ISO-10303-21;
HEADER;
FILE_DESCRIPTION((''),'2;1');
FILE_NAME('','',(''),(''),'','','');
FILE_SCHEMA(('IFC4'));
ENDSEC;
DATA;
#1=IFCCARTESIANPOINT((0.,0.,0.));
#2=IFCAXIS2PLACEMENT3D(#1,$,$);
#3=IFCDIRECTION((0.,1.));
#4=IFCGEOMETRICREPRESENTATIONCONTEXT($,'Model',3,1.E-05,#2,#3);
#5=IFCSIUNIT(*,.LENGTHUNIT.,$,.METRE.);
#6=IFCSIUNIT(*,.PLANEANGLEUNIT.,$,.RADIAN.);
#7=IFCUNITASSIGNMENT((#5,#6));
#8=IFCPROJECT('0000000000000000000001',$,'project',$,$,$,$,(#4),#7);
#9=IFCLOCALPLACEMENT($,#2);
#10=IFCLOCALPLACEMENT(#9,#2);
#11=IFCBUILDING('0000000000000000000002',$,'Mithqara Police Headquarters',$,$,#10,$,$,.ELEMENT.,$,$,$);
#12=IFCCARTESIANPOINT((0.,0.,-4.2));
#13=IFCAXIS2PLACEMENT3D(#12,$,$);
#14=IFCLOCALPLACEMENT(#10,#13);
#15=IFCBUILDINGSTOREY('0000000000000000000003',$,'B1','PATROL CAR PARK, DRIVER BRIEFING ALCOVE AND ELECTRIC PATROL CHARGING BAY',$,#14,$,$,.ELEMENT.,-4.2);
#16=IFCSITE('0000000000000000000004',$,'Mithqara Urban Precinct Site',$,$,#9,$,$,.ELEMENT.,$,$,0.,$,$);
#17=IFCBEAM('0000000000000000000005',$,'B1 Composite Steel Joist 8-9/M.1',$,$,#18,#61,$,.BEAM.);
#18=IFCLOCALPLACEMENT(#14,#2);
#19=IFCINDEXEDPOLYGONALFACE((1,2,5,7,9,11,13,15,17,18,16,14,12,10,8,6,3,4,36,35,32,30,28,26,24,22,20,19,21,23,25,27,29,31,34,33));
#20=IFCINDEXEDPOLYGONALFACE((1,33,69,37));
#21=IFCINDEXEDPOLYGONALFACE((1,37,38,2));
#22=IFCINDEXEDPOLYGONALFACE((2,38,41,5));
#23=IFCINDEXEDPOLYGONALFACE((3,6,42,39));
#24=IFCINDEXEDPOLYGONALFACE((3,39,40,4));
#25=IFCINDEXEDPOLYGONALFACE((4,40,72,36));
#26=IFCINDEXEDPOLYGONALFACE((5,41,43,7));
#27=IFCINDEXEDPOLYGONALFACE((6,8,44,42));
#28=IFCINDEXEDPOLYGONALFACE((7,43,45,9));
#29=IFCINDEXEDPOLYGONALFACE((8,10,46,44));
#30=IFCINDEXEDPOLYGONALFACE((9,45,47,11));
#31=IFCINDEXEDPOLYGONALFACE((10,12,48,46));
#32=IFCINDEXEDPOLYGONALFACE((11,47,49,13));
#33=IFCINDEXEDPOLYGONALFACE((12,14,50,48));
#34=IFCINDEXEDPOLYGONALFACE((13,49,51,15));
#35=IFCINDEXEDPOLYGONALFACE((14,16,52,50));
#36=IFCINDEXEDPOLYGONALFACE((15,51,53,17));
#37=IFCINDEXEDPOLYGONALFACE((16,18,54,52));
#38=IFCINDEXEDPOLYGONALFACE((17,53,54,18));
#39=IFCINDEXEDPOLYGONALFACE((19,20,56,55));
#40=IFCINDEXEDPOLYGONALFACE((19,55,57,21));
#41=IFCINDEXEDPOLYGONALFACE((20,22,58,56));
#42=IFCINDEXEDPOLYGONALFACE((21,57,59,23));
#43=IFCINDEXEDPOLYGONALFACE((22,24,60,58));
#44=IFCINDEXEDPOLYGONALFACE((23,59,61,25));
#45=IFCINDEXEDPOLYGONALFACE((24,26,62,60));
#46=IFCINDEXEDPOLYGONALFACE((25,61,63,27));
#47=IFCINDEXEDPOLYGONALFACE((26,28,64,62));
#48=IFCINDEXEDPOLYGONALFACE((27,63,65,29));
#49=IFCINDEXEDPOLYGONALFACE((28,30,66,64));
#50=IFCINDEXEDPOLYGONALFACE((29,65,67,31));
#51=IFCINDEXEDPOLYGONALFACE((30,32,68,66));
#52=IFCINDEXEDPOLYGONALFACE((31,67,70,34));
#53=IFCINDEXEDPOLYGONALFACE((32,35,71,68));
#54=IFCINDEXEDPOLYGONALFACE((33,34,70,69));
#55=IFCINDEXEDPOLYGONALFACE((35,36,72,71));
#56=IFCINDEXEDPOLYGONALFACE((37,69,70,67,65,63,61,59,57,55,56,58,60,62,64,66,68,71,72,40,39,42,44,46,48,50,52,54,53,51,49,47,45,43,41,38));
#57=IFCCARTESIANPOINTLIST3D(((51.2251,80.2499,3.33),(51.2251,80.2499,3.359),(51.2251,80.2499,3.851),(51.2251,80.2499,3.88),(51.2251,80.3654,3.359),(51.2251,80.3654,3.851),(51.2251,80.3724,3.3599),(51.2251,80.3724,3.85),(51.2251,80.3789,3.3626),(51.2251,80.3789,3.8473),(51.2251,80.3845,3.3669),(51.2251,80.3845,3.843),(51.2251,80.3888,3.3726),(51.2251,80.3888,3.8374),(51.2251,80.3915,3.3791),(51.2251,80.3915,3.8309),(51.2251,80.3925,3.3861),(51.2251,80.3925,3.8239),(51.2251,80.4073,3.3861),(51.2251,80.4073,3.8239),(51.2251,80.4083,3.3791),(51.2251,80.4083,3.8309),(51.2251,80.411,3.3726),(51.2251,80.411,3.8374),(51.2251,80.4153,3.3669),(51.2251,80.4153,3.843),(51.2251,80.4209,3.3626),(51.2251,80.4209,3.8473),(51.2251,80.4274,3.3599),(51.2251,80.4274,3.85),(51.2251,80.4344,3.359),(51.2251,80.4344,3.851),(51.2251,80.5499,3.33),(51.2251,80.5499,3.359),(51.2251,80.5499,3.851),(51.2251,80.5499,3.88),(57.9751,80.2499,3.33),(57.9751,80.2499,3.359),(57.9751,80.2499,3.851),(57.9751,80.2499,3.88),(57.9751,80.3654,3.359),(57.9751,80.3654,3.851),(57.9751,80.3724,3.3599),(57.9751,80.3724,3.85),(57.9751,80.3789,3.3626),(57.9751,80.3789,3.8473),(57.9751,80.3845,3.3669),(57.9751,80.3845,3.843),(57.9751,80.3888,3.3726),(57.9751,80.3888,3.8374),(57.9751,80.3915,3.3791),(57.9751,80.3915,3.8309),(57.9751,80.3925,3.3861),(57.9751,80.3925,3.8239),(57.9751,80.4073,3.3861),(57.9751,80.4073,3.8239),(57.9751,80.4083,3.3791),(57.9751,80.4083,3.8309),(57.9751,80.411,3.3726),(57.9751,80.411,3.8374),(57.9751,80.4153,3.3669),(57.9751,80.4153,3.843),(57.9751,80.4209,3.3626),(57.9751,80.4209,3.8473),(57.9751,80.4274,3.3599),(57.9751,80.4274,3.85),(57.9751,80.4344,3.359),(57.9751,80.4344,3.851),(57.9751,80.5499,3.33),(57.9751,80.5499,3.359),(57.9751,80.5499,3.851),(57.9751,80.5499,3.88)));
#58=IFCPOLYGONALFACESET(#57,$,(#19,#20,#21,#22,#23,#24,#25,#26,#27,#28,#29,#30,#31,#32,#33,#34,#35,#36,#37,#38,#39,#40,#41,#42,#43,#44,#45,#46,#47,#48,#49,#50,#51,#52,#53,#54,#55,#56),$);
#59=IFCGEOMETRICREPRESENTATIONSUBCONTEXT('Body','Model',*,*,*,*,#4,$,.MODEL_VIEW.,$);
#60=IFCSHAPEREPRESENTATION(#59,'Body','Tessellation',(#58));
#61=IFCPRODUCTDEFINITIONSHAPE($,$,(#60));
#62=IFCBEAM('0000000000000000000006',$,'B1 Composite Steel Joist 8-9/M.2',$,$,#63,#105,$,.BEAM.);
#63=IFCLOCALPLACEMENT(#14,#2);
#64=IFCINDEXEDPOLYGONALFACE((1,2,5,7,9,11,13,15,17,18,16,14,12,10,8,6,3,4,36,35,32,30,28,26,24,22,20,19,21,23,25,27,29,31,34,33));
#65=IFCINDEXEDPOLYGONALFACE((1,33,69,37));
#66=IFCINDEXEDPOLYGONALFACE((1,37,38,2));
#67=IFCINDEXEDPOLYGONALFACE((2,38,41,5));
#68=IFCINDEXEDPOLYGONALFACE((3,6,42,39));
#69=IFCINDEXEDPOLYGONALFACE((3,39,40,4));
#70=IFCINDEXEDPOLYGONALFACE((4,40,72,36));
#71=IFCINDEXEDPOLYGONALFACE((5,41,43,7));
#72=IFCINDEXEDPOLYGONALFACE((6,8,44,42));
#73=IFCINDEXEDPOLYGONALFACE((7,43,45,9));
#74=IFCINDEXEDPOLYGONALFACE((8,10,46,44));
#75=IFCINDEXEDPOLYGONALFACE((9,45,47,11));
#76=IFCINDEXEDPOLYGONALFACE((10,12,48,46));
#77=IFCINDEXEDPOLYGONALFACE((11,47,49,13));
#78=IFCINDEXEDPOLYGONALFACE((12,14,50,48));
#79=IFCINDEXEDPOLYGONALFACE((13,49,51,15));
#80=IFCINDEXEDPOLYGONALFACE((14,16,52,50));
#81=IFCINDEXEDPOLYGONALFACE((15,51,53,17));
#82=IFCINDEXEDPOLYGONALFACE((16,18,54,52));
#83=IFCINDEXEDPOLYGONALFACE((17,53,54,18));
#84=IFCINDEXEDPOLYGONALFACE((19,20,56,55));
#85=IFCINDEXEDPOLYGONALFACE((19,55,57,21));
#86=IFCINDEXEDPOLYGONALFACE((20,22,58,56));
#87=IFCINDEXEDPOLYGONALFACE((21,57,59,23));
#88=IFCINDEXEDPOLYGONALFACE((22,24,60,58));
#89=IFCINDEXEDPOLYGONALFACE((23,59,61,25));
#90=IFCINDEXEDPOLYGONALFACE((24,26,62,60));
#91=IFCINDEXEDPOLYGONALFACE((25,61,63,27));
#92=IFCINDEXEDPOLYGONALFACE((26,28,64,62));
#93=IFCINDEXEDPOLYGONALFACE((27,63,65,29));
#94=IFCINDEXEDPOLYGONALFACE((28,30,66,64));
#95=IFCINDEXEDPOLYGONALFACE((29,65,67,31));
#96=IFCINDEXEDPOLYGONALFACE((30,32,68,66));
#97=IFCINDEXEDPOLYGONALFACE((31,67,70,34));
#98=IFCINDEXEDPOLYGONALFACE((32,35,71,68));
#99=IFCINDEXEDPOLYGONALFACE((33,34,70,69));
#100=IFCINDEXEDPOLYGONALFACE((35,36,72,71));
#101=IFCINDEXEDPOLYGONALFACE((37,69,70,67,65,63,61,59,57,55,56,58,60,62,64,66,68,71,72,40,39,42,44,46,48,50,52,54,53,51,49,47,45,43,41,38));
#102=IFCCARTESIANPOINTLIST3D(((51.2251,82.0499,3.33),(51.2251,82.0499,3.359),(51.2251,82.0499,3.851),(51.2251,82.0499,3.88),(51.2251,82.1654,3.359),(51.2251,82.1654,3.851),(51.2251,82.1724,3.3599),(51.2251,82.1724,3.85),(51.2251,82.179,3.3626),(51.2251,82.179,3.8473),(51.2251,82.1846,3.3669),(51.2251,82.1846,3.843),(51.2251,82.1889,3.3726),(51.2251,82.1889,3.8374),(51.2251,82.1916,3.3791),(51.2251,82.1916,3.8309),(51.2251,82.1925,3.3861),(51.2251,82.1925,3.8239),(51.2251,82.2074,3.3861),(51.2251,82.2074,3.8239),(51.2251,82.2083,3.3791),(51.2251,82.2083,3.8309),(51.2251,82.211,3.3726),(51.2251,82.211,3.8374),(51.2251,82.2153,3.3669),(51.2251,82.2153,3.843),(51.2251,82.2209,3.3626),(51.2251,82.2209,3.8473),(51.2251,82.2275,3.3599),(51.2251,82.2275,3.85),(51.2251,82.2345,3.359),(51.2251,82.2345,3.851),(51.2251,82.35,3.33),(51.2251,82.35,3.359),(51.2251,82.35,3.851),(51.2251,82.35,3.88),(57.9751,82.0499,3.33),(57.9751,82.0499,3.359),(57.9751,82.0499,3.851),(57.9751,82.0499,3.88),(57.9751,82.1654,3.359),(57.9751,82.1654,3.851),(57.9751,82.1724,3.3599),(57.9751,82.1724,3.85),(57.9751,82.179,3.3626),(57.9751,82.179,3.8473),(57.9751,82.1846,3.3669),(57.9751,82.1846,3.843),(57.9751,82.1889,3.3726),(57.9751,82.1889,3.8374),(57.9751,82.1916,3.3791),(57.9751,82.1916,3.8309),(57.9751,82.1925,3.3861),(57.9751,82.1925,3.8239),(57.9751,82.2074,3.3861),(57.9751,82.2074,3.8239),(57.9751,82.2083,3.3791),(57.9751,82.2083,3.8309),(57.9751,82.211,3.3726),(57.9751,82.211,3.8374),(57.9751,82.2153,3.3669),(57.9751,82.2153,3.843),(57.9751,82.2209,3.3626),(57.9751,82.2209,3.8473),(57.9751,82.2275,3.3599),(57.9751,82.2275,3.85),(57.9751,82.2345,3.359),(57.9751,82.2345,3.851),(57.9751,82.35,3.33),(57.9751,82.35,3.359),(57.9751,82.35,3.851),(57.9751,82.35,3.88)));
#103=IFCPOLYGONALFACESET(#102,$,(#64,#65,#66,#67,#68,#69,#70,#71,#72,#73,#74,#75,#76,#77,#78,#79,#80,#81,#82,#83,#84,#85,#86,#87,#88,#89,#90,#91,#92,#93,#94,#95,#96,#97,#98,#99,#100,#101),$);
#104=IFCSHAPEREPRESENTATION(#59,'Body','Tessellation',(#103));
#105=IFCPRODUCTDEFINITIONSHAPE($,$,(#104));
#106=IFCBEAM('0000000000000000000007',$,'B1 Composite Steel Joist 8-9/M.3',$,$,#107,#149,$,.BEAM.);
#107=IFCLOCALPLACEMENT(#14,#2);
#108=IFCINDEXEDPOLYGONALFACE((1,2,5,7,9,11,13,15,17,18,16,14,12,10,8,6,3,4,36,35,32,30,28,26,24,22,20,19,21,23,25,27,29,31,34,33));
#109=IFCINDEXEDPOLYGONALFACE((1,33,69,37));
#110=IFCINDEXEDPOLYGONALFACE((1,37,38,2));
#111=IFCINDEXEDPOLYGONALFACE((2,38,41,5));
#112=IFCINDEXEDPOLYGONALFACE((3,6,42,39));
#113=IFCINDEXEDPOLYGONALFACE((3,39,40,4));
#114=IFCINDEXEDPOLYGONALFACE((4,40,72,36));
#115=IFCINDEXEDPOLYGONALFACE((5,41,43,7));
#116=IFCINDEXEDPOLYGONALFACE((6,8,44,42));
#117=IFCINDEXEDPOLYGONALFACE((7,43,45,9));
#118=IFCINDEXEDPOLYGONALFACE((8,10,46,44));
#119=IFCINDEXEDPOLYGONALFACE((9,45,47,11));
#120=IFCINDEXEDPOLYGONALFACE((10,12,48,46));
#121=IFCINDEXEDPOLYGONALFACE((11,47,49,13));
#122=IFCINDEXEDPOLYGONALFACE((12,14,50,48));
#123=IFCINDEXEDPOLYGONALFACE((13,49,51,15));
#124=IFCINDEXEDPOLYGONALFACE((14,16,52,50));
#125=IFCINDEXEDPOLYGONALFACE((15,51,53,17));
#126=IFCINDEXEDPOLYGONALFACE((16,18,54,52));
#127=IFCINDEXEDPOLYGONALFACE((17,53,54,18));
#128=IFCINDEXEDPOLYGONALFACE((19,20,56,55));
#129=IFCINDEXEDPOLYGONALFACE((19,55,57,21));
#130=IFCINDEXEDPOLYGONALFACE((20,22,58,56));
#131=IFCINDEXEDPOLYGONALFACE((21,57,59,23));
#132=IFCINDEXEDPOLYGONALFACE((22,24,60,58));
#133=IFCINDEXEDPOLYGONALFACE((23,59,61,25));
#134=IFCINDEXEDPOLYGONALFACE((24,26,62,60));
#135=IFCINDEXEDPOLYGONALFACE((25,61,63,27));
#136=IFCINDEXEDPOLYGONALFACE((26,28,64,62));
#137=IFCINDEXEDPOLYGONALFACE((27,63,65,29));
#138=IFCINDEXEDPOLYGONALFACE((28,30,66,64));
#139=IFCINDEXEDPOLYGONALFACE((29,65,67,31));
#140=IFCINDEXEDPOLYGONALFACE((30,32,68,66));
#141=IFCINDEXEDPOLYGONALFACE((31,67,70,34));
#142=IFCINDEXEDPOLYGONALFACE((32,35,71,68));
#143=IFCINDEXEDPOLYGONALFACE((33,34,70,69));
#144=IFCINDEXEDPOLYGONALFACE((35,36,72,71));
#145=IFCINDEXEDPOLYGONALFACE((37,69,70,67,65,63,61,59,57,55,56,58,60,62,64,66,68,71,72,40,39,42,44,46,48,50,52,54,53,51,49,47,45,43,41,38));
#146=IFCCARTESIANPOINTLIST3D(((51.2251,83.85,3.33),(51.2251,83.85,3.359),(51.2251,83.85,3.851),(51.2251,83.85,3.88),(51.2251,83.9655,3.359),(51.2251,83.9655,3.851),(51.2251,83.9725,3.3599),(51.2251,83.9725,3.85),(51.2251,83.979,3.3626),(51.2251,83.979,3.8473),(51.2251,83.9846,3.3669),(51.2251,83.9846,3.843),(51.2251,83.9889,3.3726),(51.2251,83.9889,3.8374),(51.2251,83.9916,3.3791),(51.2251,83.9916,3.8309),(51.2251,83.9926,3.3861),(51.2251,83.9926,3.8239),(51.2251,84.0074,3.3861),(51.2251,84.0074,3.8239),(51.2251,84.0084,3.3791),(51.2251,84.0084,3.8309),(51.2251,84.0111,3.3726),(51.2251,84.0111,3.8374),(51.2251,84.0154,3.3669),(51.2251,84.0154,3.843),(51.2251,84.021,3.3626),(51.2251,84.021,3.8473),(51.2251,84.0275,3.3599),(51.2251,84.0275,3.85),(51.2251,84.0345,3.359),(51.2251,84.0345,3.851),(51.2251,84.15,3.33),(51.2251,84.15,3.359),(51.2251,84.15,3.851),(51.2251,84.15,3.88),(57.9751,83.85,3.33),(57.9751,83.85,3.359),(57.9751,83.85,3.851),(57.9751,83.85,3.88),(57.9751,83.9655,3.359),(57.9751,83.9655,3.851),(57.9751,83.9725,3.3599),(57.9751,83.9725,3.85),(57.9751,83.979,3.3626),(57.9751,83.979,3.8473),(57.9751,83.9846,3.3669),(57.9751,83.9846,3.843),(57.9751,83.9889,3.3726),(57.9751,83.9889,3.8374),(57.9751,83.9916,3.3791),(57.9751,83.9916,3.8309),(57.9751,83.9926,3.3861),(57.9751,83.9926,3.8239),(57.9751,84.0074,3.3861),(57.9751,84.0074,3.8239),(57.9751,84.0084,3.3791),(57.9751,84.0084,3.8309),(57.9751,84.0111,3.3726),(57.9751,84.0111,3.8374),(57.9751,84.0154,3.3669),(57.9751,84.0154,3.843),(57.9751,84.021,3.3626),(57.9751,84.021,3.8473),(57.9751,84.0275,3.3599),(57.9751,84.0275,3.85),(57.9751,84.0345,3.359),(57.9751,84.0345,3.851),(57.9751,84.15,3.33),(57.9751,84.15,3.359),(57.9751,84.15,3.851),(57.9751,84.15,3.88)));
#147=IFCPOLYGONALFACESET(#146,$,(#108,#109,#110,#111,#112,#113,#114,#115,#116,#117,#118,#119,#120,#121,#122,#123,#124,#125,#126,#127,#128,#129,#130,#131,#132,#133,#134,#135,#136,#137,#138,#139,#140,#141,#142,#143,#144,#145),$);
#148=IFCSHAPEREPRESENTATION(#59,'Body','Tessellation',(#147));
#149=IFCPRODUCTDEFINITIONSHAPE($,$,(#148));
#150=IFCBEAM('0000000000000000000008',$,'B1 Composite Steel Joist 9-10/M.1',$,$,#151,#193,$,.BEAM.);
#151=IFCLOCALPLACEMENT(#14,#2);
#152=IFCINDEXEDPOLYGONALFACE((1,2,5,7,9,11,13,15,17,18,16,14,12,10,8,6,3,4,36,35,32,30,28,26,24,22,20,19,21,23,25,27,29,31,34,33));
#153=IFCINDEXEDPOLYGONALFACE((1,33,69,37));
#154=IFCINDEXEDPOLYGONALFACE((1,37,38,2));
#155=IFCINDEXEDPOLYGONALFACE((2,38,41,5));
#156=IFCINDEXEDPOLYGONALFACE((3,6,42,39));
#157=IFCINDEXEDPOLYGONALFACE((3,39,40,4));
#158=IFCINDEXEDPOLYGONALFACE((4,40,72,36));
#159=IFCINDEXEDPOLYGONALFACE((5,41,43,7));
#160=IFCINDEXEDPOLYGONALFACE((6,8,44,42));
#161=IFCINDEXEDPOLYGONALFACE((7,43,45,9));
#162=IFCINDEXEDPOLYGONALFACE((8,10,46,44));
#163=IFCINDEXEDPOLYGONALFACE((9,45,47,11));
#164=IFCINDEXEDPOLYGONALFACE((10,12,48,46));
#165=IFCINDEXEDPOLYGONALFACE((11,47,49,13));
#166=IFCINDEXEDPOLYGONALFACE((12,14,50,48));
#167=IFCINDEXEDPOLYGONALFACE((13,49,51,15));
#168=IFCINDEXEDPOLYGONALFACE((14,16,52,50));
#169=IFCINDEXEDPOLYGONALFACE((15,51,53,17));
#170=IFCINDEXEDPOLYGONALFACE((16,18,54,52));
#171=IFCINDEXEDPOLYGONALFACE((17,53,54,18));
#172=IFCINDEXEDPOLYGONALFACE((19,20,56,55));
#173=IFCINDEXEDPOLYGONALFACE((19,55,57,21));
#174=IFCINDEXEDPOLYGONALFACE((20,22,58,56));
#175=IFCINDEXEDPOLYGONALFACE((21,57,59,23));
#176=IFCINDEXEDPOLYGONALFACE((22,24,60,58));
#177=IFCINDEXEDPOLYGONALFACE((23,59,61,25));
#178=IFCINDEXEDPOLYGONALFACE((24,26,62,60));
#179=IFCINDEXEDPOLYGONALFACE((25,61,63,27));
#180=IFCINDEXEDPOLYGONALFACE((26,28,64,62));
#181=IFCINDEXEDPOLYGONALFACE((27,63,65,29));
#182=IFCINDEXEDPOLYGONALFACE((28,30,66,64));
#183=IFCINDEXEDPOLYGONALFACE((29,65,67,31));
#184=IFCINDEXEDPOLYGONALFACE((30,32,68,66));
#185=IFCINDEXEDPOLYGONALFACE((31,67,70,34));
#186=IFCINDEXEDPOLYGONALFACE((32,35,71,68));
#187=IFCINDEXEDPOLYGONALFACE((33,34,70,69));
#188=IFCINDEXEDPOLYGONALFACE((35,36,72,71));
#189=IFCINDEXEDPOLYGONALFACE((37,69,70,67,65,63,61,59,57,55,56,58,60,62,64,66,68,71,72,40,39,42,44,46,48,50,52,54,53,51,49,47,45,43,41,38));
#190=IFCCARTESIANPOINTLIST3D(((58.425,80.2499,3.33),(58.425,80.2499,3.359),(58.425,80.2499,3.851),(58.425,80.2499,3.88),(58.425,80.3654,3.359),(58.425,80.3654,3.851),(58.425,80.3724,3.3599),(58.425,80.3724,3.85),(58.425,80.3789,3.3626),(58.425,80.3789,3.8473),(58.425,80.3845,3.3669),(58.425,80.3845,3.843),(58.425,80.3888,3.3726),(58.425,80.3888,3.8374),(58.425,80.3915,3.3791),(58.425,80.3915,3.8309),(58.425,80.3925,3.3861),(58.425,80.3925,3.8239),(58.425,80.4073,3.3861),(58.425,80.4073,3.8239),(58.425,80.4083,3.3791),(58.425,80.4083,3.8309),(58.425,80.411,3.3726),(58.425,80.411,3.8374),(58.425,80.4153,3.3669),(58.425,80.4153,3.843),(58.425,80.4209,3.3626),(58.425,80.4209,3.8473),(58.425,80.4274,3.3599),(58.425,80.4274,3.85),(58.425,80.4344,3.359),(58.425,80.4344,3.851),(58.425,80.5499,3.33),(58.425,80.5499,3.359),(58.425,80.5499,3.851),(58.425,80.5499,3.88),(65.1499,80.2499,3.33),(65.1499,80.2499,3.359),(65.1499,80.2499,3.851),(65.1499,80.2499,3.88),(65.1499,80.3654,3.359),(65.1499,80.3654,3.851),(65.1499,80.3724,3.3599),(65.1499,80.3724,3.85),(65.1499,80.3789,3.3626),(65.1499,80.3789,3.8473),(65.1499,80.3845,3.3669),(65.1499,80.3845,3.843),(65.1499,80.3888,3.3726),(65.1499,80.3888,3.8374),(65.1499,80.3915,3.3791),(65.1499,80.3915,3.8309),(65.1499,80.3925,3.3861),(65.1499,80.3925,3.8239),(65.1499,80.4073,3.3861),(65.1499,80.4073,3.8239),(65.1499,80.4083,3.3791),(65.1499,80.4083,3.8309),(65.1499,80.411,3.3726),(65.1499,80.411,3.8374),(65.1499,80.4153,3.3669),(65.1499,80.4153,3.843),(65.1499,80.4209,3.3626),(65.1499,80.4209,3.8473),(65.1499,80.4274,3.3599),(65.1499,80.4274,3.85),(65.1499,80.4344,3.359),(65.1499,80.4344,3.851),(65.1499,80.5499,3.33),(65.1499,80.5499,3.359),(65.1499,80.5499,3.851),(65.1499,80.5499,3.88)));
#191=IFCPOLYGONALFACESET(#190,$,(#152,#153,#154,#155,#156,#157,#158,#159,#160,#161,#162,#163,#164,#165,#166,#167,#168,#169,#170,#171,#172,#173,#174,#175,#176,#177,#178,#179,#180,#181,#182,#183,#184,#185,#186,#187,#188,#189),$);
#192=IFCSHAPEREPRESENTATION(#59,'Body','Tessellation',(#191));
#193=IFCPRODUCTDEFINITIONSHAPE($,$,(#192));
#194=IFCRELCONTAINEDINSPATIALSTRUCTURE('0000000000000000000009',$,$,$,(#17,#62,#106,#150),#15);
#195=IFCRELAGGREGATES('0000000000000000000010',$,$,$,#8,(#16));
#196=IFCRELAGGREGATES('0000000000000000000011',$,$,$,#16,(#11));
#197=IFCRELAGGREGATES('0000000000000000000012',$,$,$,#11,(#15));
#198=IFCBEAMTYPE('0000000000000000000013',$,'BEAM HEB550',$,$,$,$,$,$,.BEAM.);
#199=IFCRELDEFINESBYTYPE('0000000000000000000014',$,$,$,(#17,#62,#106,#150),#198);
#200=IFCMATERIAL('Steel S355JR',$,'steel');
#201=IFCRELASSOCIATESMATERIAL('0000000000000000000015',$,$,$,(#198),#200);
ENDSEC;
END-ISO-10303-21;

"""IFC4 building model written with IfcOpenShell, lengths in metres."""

from ifc_helpers import new_model, si_unit, direction, frame, origin, origin_2d, place, context, subcontext, project, spatial, i_section, extrude, material, material_profile, profile_set, type_object, element, save


model = new_model("IFC4")

# Units and contexts
model_context = context("Model", 3, precision=1e-05, world=origin(), true_north=direction((0.0, 1.0)))
body_context = subcontext(model_context, "Body", "Model", "MODEL_VIEW")
ifc_project = project(units=[si_unit("LENGTHUNIT", "METRE"), si_unit("PLANEANGLEUNIT", "RADIAN")], contexts=[model_context])

# Site, building, storey
site_placement = place(None, origin())
site = spatial("IfcSite", under=ifc_project, at=site_placement, Name="Mithqara Urban Precinct Site", CompositionType="ELEMENT", RefElevation=0.0)
building_placement = place(site_placement, origin())
building = spatial("IfcBuilding", under=site, at=building_placement, Name="Mithqara Police Headquarters", CompositionType="ELEMENT")
storey_placement = place(building_placement, frame((0.0, 0.0, -4.2)))
storey = spatial("IfcBuildingStorey", under=building, at=storey_placement, Name="B1", Description="PATROL CAR PARK, DRIVER BRIEFING ALCOVE AND ELECTRIC PATROL CHARGING BAY", CompositionType="ELEMENT", Elevation=-4.2)

# Beams
ifc_material_1 = material(Name="Steel S355JR", Category="steel")
ifc_material_profile_1 = material_profile(ifc_material_1, i_section(OverallWidth=0.3, OverallDepth=0.55, WebThickness=0.0149, FlangeThickness=0.0291, FilletRadius=0.0271, at=origin_2d()), Name="HEB 550")
ifc_profile_set_1 = profile_set([ifc_material_profile_1], Name="Steel S355JR")
beam_type_1 = type_object("IfcBeamType", Name="BEAM HEB550", PredefinedType="BEAM", material=ifc_profile_set_1)
for number, where, z_axis, x_axis, name in (
    (1, (51.2251, 80.3999, 3.605), (1.0, 0.0, 0.0), (0.0, 1.0, 0.0), "B1 Composite Steel Joist 8-9/M.1"),
    (2, (51.2251, 82.2, 3.605), (1.0, 0.0, 0.0), (0.0, 1.0, 0.0), "B1 Composite Steel Joist 8-9/M.2"),
    (3, (51.2251, 84.0, 3.605), (1.0, 0.0, 0.0), (0.0, 1.0, 0.0), "B1 Composite Steel Joist 8-9/M.3"),
):
    element("IfcBeam", number, at=place(storey_placement, frame(where, z_axis=z_axis, x_axis=x_axis)), inside=storey, type_object=beam_type_1, Name=name, PredefinedType="BEAM", context=body_context, shape_type="SweptSolid", body=[
        extrude(i_section(OverallWidth=0.3, OverallDepth=0.55, WebThickness=0.0149, FlangeThickness=0.0291, FilletRadius=0.0271, at=origin_2d()), origin(), (0.0, 0.0, 1.0), 6.75),
    ])
for number, where, z_axis, x_axis, name in (
    (4, (58.425, 80.3999, 3.605), (1.0, 0.0, 0.0), (0.0, 1.0, 0.0), "B1 Composite Steel Joist 9-10/M.1"),
):
    element("IfcBeam", number, at=place(storey_placement, frame(where, z_axis=z_axis, x_axis=x_axis)), inside=storey, type_object=beam_type_1, Name=name, PredefinedType="BEAM", context=body_context, shape_type="SweptSolid", body=[
        extrude(i_section(OverallWidth=0.3, OverallDepth=0.55, WebThickness=0.0149, FlangeThickness=0.0291, FilletRadius=0.0271, at=origin_2d()), origin(), (0.0, 0.0, 1.0), 6.7249),
    ])

save(model, "model.ifc")
